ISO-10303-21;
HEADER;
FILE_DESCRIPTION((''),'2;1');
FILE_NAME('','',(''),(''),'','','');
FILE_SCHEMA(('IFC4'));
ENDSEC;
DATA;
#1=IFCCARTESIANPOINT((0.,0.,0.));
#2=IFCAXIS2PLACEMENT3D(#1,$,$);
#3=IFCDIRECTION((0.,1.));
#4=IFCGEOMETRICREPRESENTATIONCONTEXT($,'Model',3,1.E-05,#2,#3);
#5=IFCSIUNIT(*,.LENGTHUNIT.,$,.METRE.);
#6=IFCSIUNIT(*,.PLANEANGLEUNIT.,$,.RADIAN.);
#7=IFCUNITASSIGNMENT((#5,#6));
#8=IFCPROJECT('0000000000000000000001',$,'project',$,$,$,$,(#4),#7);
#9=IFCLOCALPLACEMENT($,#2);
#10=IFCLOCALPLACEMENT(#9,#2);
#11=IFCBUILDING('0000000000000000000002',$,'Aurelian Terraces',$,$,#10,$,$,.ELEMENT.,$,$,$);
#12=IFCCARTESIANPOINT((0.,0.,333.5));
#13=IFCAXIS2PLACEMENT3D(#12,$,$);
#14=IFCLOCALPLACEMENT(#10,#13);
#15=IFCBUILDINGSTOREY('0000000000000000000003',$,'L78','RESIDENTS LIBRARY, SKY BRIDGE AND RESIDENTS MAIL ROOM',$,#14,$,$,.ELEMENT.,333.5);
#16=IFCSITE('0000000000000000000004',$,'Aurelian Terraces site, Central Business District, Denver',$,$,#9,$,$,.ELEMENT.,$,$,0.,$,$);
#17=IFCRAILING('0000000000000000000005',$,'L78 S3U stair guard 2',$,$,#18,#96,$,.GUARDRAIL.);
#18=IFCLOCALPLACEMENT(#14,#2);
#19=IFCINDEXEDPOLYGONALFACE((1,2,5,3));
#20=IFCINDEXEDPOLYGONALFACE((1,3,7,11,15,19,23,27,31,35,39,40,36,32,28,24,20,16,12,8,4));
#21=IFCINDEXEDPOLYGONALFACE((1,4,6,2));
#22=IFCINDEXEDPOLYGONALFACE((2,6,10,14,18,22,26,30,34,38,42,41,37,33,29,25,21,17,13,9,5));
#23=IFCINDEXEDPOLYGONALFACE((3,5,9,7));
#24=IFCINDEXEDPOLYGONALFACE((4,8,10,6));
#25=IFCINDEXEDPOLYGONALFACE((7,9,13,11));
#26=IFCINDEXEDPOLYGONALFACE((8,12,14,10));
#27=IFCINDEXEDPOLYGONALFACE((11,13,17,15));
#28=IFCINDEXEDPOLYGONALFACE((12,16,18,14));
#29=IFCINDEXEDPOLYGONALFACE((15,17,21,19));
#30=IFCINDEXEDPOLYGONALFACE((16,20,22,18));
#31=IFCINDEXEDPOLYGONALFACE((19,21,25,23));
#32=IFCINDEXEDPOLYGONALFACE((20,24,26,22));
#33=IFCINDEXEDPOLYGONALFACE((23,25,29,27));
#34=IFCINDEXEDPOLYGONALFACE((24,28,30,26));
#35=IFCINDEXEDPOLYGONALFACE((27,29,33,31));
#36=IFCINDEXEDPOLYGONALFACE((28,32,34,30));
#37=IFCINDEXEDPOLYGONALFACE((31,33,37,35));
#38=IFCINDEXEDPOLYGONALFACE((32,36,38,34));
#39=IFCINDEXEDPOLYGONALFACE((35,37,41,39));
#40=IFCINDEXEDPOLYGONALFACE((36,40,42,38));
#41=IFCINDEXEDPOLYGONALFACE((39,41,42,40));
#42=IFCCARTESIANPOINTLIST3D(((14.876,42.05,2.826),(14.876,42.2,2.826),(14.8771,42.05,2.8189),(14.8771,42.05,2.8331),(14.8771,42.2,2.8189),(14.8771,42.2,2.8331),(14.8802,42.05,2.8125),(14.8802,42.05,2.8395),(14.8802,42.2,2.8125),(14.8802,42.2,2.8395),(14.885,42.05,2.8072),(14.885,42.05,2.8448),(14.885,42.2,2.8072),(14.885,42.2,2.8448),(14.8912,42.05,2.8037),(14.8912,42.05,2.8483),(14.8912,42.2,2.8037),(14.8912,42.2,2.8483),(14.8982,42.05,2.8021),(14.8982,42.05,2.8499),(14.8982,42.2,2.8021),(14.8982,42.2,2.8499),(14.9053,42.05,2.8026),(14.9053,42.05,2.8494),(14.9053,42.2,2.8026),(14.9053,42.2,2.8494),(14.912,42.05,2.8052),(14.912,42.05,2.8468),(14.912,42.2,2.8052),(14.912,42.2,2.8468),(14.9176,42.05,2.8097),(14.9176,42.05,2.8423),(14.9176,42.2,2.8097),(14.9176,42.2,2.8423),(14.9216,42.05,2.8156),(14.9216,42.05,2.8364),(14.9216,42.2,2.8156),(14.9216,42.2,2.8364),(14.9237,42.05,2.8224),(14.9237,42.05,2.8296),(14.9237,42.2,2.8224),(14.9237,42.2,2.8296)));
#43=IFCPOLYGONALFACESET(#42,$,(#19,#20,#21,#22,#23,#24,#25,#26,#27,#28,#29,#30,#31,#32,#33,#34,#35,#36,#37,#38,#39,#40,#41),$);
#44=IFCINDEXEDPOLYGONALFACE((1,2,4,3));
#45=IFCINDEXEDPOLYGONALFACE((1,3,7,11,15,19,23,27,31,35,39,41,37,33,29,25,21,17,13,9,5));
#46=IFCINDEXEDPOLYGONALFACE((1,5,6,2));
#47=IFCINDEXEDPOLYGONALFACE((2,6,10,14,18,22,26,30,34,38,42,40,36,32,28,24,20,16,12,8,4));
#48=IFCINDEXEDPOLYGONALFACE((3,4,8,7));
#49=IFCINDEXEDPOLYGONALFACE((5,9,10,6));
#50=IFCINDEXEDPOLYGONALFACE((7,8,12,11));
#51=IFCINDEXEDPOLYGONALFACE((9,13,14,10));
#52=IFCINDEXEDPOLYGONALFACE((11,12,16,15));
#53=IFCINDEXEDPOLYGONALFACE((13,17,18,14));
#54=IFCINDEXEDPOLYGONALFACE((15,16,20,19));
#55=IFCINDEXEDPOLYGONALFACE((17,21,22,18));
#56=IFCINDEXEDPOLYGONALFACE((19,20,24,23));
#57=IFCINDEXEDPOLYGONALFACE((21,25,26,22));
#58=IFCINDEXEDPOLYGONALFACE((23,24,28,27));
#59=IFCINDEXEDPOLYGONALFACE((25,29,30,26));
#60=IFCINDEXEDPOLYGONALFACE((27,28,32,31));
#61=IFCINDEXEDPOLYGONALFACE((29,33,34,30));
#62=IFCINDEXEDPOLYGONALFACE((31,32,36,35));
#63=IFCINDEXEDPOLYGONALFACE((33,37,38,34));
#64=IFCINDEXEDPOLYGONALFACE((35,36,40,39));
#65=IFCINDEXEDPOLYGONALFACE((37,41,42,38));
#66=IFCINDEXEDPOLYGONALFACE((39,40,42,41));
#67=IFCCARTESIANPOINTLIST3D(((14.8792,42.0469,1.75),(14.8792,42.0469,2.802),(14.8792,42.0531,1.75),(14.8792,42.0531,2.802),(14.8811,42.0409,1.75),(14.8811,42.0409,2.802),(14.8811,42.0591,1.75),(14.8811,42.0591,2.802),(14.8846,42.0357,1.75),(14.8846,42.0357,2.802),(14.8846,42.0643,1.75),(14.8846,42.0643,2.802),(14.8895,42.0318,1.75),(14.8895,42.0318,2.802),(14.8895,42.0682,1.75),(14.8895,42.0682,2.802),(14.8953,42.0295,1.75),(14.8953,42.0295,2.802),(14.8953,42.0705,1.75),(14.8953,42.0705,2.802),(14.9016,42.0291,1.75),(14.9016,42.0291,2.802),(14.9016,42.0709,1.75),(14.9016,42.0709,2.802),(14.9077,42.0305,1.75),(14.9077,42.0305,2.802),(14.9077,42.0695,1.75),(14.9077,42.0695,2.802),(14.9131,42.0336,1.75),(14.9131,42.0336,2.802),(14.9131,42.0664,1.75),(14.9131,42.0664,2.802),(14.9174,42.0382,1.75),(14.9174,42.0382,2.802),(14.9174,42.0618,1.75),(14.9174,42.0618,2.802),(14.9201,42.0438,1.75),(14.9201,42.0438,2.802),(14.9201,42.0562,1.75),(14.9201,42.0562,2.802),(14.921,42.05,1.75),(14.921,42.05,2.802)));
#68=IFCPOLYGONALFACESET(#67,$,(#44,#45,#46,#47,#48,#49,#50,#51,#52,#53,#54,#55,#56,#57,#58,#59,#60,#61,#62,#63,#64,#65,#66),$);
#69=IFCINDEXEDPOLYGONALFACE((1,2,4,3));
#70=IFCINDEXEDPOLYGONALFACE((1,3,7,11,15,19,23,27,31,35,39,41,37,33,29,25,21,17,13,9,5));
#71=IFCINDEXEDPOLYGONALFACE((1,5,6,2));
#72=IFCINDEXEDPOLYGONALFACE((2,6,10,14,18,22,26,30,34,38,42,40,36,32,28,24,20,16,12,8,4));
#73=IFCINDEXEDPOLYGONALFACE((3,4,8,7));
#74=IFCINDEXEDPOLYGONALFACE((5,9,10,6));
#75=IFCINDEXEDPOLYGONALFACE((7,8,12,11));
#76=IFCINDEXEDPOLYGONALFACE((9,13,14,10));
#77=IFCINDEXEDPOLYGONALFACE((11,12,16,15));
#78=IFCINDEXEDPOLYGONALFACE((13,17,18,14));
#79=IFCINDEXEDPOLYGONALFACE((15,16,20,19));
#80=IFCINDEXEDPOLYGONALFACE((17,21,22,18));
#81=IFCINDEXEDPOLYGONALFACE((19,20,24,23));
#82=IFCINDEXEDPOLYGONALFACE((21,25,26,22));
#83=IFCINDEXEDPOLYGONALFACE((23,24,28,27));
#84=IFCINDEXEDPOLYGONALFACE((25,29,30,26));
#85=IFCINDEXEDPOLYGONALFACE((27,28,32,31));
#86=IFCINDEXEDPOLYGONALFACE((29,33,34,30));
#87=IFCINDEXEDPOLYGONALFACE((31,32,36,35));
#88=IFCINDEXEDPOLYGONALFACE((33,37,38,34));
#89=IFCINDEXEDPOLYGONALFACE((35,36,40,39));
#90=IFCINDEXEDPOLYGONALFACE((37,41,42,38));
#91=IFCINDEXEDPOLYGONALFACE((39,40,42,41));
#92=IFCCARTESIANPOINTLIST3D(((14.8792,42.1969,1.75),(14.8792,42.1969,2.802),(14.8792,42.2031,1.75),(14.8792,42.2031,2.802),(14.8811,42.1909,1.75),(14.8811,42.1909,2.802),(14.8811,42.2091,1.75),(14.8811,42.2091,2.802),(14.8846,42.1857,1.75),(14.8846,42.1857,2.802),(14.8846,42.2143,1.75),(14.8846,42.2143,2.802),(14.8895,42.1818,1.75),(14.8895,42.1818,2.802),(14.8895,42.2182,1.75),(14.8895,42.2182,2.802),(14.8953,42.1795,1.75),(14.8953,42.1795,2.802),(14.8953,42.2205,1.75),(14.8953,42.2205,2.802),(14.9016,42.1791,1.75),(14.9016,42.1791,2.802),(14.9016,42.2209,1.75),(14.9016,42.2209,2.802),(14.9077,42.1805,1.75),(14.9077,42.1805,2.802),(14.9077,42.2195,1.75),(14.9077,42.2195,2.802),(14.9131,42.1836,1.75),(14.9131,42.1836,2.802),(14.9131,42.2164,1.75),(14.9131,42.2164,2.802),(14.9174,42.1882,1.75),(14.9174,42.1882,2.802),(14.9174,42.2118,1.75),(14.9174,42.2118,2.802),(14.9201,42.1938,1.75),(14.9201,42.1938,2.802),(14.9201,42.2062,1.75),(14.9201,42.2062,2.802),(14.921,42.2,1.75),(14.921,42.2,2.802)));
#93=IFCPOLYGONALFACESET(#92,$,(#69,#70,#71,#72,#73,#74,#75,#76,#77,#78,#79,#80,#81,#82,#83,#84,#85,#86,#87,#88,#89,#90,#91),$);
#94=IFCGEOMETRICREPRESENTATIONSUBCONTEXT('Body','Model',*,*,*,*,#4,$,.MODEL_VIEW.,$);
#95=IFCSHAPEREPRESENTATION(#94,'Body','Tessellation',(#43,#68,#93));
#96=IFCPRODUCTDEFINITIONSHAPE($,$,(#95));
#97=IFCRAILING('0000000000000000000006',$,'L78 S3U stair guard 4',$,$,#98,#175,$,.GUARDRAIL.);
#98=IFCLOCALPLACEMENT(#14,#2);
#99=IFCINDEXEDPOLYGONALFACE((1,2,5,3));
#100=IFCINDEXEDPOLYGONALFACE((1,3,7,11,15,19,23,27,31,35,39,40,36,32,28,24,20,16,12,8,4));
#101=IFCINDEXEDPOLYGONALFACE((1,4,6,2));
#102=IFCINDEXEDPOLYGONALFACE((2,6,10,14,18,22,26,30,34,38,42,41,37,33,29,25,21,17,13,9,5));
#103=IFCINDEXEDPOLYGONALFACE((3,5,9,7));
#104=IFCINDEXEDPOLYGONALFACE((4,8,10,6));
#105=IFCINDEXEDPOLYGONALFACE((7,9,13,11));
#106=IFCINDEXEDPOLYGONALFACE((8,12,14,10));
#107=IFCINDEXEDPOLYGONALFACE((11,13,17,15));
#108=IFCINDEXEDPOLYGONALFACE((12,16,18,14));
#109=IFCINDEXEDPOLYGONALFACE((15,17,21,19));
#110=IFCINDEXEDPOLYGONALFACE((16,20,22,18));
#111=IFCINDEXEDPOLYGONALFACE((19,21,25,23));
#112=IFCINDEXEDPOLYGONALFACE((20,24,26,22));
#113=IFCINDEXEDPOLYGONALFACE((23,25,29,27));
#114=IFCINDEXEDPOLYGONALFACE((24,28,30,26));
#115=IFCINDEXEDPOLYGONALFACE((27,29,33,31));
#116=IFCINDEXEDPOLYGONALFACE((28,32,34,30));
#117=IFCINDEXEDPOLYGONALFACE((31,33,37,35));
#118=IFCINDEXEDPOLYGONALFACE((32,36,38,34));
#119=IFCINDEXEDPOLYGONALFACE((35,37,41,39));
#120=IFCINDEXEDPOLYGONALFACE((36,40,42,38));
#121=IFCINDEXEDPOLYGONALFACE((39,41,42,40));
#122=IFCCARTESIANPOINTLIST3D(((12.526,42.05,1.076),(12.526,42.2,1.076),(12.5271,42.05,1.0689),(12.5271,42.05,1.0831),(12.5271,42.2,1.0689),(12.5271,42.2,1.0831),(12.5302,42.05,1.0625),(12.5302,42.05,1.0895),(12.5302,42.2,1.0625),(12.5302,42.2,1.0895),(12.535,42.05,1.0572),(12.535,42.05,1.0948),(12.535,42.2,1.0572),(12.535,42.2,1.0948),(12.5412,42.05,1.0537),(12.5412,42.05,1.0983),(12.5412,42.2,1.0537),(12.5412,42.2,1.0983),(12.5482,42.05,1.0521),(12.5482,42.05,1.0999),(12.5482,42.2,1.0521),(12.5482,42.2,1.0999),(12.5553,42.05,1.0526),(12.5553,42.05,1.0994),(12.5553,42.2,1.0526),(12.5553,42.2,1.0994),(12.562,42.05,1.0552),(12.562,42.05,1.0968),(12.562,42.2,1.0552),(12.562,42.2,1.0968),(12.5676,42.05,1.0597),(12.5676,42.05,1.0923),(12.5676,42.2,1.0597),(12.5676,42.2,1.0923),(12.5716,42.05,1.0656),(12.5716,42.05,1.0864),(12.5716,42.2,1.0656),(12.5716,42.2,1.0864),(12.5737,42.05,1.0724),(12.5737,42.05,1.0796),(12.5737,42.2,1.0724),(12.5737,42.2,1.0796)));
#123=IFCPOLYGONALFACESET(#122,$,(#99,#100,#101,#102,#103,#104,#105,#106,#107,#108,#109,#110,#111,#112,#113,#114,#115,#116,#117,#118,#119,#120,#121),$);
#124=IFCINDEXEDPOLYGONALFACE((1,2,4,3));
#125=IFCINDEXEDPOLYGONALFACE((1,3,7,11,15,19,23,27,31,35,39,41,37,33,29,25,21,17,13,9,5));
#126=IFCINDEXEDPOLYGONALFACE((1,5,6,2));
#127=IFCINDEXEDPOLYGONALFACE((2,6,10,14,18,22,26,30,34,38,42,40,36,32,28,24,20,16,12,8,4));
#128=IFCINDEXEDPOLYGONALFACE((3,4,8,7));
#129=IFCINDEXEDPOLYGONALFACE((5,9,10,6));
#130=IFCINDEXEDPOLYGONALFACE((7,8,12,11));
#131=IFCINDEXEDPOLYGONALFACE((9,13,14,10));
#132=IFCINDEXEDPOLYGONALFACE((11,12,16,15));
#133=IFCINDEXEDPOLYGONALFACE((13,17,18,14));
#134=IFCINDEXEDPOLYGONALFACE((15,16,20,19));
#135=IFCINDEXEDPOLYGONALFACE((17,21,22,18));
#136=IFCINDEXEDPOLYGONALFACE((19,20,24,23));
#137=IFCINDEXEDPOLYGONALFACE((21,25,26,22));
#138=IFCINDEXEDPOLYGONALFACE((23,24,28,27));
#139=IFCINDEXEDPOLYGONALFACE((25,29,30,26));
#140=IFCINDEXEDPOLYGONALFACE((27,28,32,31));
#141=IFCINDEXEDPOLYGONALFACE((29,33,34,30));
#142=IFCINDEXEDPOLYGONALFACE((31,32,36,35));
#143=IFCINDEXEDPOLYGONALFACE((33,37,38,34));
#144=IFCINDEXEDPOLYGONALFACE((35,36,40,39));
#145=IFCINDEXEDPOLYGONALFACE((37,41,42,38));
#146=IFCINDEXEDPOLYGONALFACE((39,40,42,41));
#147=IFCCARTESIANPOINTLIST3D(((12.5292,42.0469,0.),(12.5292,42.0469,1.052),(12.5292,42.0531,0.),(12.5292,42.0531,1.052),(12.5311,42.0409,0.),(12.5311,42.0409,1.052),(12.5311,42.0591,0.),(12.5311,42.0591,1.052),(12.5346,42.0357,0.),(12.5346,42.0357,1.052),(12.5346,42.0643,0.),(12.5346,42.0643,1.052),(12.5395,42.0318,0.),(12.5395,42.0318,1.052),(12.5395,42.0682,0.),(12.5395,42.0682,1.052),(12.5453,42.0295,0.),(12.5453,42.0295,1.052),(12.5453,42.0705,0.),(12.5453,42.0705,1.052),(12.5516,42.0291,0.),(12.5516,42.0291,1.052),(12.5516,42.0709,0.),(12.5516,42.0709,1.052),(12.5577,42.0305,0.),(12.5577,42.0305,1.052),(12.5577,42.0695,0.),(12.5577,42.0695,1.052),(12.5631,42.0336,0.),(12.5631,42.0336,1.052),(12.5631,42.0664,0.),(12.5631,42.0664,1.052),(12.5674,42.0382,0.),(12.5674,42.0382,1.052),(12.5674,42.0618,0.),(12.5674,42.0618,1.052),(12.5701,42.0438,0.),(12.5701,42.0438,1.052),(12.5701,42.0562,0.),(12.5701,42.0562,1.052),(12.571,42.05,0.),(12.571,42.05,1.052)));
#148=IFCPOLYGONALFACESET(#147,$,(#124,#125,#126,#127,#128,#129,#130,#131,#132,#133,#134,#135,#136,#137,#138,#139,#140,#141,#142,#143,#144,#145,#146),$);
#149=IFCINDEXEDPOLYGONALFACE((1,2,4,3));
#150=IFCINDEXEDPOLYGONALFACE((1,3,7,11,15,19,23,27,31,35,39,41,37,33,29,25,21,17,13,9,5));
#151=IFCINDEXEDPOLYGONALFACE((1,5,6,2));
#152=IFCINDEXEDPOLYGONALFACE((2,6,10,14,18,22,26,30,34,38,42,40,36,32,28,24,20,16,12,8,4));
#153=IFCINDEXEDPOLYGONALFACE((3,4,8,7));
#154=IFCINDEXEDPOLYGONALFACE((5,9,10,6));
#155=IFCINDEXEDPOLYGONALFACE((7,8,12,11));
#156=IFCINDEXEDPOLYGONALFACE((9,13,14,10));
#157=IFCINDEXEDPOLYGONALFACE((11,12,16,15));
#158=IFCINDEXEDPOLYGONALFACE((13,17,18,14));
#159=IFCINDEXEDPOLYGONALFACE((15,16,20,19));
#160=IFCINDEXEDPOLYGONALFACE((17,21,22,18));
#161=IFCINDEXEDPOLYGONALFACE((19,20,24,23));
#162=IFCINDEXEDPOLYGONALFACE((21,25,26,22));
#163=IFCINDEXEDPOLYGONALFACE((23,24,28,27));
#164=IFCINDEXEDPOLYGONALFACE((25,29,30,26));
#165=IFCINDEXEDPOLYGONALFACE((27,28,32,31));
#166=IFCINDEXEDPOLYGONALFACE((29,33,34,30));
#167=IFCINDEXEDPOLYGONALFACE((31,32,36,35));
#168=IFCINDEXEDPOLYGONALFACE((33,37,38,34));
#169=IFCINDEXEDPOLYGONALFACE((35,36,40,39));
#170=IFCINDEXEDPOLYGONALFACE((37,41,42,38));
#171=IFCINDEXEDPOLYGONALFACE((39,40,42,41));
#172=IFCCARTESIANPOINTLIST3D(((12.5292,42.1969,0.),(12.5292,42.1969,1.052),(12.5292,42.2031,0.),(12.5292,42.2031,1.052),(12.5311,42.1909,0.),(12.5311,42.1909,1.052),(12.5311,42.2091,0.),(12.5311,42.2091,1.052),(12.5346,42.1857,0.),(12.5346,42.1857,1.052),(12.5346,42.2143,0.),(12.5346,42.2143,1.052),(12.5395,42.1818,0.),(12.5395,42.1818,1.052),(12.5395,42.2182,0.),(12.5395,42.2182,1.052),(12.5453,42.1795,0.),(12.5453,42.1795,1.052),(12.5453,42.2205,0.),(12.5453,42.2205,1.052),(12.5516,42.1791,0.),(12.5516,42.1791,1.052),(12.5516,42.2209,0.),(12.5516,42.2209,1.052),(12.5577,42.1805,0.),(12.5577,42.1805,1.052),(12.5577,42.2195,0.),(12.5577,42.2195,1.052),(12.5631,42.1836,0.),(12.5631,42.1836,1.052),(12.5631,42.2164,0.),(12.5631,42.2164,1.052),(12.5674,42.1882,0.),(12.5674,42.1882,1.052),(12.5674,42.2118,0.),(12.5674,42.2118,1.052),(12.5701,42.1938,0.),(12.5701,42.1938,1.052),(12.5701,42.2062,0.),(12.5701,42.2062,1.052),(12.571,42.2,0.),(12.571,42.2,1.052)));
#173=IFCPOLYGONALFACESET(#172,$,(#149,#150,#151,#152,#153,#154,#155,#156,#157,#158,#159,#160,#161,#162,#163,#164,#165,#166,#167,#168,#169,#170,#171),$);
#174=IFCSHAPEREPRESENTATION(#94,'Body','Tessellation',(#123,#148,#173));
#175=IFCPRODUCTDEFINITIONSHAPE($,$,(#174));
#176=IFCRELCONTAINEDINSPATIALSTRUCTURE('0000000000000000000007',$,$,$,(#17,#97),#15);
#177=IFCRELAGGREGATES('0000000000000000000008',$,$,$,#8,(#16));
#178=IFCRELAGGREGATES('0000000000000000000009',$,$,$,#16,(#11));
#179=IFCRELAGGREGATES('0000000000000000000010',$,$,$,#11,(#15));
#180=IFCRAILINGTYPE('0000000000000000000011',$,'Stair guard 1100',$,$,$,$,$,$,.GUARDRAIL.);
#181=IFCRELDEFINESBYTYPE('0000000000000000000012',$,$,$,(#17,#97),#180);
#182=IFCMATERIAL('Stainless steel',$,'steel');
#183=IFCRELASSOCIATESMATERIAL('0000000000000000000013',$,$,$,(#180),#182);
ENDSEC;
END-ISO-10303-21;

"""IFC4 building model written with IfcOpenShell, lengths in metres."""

from ifc_helpers import new_model, si_unit, direction, frame, origin, origin_2d, place, context, subcontext, project, spatial, circle, extrude, source, transform, mapped, material, type_object, element, save


model = new_model("IFC4")

# Units and contexts
model_context = context("Model", 3, precision=1e-05, world=origin(), true_north=direction((0.0, 1.0)))
body_context = subcontext(model_context, "Body", "Model", "MODEL_VIEW")
ifc_project = project(units=[si_unit("LENGTHUNIT", "METRE"), si_unit("PLANEANGLEUNIT", "RADIAN")], contexts=[model_context])

# Site, building, storey
site_placement = place(None, origin())
site = spatial("IfcSite", under=ifc_project, at=site_placement, Name="Aurelian Terraces site, Central Business District, Denver", CompositionType="ELEMENT", RefElevation=0.0)
building_placement = place(site_placement, origin())
building = spatial("IfcBuilding", under=site, at=building_placement, Name="Aurelian Terraces", CompositionType="ELEMENT")
storey_placement = place(building_placement, frame((0.0, 0.0, 333.5)))
storey = spatial("IfcBuildingStorey", under=building, at=storey_placement, Name="L78", Description="RESIDENTS LIBRARY, SKY BRIDGE AND RESIDENTS MAIL ROOM", CompositionType="ELEMENT", Elevation=333.5)

# Railings
ifc_material_1 = material(Name="Stainless steel", Category="steel")
railing_type_1 = type_object("IfcRailingType", Name="Stair guard 1100", PredefinedType="GUARDRAIL", material=ifc_material_1)
shared_shape_1 = source(origin(), body_context, "Body", "SweptSolid", [
    extrude(circle(Radius=0.024, at=origin_2d()), frame((0.0, 0.0, 1.076), z_axis=(0.0, 1.0, 0.0), x_axis=(-1.0, 0.0, 0.0)), (0.0, 0.0, 1.0), 0.15),
    extrude(circle(Radius=0.021, at=origin_2d()), origin(), (0.0, 0.0, 1.0), 1.052),
    extrude(circle(Radius=0.021, at=origin_2d()), frame((0.0, 0.15, 0.0)), (0.0, 0.0, 1.0), 1.052),
])
for number, where, name in (
    (1, (14.9, 42.05, 1.75), "L78 S3U stair guard 2"),
    (2, (12.55, 42.05, 0.0), "L78 S3U stair guard 4"),
):
    element("IfcRailing", number, at=place(storey_placement, frame(where)), inside=storey, type_object=railing_type_1, Name=name, PredefinedType="GUARDRAIL", context=body_context, shape_type="MappedRepresentation", body=[
        mapped(shared_shape_1, transform((0.0, 0.0, 0.0), scale=1.0)),
    ])

save(model, "model.ifc")
